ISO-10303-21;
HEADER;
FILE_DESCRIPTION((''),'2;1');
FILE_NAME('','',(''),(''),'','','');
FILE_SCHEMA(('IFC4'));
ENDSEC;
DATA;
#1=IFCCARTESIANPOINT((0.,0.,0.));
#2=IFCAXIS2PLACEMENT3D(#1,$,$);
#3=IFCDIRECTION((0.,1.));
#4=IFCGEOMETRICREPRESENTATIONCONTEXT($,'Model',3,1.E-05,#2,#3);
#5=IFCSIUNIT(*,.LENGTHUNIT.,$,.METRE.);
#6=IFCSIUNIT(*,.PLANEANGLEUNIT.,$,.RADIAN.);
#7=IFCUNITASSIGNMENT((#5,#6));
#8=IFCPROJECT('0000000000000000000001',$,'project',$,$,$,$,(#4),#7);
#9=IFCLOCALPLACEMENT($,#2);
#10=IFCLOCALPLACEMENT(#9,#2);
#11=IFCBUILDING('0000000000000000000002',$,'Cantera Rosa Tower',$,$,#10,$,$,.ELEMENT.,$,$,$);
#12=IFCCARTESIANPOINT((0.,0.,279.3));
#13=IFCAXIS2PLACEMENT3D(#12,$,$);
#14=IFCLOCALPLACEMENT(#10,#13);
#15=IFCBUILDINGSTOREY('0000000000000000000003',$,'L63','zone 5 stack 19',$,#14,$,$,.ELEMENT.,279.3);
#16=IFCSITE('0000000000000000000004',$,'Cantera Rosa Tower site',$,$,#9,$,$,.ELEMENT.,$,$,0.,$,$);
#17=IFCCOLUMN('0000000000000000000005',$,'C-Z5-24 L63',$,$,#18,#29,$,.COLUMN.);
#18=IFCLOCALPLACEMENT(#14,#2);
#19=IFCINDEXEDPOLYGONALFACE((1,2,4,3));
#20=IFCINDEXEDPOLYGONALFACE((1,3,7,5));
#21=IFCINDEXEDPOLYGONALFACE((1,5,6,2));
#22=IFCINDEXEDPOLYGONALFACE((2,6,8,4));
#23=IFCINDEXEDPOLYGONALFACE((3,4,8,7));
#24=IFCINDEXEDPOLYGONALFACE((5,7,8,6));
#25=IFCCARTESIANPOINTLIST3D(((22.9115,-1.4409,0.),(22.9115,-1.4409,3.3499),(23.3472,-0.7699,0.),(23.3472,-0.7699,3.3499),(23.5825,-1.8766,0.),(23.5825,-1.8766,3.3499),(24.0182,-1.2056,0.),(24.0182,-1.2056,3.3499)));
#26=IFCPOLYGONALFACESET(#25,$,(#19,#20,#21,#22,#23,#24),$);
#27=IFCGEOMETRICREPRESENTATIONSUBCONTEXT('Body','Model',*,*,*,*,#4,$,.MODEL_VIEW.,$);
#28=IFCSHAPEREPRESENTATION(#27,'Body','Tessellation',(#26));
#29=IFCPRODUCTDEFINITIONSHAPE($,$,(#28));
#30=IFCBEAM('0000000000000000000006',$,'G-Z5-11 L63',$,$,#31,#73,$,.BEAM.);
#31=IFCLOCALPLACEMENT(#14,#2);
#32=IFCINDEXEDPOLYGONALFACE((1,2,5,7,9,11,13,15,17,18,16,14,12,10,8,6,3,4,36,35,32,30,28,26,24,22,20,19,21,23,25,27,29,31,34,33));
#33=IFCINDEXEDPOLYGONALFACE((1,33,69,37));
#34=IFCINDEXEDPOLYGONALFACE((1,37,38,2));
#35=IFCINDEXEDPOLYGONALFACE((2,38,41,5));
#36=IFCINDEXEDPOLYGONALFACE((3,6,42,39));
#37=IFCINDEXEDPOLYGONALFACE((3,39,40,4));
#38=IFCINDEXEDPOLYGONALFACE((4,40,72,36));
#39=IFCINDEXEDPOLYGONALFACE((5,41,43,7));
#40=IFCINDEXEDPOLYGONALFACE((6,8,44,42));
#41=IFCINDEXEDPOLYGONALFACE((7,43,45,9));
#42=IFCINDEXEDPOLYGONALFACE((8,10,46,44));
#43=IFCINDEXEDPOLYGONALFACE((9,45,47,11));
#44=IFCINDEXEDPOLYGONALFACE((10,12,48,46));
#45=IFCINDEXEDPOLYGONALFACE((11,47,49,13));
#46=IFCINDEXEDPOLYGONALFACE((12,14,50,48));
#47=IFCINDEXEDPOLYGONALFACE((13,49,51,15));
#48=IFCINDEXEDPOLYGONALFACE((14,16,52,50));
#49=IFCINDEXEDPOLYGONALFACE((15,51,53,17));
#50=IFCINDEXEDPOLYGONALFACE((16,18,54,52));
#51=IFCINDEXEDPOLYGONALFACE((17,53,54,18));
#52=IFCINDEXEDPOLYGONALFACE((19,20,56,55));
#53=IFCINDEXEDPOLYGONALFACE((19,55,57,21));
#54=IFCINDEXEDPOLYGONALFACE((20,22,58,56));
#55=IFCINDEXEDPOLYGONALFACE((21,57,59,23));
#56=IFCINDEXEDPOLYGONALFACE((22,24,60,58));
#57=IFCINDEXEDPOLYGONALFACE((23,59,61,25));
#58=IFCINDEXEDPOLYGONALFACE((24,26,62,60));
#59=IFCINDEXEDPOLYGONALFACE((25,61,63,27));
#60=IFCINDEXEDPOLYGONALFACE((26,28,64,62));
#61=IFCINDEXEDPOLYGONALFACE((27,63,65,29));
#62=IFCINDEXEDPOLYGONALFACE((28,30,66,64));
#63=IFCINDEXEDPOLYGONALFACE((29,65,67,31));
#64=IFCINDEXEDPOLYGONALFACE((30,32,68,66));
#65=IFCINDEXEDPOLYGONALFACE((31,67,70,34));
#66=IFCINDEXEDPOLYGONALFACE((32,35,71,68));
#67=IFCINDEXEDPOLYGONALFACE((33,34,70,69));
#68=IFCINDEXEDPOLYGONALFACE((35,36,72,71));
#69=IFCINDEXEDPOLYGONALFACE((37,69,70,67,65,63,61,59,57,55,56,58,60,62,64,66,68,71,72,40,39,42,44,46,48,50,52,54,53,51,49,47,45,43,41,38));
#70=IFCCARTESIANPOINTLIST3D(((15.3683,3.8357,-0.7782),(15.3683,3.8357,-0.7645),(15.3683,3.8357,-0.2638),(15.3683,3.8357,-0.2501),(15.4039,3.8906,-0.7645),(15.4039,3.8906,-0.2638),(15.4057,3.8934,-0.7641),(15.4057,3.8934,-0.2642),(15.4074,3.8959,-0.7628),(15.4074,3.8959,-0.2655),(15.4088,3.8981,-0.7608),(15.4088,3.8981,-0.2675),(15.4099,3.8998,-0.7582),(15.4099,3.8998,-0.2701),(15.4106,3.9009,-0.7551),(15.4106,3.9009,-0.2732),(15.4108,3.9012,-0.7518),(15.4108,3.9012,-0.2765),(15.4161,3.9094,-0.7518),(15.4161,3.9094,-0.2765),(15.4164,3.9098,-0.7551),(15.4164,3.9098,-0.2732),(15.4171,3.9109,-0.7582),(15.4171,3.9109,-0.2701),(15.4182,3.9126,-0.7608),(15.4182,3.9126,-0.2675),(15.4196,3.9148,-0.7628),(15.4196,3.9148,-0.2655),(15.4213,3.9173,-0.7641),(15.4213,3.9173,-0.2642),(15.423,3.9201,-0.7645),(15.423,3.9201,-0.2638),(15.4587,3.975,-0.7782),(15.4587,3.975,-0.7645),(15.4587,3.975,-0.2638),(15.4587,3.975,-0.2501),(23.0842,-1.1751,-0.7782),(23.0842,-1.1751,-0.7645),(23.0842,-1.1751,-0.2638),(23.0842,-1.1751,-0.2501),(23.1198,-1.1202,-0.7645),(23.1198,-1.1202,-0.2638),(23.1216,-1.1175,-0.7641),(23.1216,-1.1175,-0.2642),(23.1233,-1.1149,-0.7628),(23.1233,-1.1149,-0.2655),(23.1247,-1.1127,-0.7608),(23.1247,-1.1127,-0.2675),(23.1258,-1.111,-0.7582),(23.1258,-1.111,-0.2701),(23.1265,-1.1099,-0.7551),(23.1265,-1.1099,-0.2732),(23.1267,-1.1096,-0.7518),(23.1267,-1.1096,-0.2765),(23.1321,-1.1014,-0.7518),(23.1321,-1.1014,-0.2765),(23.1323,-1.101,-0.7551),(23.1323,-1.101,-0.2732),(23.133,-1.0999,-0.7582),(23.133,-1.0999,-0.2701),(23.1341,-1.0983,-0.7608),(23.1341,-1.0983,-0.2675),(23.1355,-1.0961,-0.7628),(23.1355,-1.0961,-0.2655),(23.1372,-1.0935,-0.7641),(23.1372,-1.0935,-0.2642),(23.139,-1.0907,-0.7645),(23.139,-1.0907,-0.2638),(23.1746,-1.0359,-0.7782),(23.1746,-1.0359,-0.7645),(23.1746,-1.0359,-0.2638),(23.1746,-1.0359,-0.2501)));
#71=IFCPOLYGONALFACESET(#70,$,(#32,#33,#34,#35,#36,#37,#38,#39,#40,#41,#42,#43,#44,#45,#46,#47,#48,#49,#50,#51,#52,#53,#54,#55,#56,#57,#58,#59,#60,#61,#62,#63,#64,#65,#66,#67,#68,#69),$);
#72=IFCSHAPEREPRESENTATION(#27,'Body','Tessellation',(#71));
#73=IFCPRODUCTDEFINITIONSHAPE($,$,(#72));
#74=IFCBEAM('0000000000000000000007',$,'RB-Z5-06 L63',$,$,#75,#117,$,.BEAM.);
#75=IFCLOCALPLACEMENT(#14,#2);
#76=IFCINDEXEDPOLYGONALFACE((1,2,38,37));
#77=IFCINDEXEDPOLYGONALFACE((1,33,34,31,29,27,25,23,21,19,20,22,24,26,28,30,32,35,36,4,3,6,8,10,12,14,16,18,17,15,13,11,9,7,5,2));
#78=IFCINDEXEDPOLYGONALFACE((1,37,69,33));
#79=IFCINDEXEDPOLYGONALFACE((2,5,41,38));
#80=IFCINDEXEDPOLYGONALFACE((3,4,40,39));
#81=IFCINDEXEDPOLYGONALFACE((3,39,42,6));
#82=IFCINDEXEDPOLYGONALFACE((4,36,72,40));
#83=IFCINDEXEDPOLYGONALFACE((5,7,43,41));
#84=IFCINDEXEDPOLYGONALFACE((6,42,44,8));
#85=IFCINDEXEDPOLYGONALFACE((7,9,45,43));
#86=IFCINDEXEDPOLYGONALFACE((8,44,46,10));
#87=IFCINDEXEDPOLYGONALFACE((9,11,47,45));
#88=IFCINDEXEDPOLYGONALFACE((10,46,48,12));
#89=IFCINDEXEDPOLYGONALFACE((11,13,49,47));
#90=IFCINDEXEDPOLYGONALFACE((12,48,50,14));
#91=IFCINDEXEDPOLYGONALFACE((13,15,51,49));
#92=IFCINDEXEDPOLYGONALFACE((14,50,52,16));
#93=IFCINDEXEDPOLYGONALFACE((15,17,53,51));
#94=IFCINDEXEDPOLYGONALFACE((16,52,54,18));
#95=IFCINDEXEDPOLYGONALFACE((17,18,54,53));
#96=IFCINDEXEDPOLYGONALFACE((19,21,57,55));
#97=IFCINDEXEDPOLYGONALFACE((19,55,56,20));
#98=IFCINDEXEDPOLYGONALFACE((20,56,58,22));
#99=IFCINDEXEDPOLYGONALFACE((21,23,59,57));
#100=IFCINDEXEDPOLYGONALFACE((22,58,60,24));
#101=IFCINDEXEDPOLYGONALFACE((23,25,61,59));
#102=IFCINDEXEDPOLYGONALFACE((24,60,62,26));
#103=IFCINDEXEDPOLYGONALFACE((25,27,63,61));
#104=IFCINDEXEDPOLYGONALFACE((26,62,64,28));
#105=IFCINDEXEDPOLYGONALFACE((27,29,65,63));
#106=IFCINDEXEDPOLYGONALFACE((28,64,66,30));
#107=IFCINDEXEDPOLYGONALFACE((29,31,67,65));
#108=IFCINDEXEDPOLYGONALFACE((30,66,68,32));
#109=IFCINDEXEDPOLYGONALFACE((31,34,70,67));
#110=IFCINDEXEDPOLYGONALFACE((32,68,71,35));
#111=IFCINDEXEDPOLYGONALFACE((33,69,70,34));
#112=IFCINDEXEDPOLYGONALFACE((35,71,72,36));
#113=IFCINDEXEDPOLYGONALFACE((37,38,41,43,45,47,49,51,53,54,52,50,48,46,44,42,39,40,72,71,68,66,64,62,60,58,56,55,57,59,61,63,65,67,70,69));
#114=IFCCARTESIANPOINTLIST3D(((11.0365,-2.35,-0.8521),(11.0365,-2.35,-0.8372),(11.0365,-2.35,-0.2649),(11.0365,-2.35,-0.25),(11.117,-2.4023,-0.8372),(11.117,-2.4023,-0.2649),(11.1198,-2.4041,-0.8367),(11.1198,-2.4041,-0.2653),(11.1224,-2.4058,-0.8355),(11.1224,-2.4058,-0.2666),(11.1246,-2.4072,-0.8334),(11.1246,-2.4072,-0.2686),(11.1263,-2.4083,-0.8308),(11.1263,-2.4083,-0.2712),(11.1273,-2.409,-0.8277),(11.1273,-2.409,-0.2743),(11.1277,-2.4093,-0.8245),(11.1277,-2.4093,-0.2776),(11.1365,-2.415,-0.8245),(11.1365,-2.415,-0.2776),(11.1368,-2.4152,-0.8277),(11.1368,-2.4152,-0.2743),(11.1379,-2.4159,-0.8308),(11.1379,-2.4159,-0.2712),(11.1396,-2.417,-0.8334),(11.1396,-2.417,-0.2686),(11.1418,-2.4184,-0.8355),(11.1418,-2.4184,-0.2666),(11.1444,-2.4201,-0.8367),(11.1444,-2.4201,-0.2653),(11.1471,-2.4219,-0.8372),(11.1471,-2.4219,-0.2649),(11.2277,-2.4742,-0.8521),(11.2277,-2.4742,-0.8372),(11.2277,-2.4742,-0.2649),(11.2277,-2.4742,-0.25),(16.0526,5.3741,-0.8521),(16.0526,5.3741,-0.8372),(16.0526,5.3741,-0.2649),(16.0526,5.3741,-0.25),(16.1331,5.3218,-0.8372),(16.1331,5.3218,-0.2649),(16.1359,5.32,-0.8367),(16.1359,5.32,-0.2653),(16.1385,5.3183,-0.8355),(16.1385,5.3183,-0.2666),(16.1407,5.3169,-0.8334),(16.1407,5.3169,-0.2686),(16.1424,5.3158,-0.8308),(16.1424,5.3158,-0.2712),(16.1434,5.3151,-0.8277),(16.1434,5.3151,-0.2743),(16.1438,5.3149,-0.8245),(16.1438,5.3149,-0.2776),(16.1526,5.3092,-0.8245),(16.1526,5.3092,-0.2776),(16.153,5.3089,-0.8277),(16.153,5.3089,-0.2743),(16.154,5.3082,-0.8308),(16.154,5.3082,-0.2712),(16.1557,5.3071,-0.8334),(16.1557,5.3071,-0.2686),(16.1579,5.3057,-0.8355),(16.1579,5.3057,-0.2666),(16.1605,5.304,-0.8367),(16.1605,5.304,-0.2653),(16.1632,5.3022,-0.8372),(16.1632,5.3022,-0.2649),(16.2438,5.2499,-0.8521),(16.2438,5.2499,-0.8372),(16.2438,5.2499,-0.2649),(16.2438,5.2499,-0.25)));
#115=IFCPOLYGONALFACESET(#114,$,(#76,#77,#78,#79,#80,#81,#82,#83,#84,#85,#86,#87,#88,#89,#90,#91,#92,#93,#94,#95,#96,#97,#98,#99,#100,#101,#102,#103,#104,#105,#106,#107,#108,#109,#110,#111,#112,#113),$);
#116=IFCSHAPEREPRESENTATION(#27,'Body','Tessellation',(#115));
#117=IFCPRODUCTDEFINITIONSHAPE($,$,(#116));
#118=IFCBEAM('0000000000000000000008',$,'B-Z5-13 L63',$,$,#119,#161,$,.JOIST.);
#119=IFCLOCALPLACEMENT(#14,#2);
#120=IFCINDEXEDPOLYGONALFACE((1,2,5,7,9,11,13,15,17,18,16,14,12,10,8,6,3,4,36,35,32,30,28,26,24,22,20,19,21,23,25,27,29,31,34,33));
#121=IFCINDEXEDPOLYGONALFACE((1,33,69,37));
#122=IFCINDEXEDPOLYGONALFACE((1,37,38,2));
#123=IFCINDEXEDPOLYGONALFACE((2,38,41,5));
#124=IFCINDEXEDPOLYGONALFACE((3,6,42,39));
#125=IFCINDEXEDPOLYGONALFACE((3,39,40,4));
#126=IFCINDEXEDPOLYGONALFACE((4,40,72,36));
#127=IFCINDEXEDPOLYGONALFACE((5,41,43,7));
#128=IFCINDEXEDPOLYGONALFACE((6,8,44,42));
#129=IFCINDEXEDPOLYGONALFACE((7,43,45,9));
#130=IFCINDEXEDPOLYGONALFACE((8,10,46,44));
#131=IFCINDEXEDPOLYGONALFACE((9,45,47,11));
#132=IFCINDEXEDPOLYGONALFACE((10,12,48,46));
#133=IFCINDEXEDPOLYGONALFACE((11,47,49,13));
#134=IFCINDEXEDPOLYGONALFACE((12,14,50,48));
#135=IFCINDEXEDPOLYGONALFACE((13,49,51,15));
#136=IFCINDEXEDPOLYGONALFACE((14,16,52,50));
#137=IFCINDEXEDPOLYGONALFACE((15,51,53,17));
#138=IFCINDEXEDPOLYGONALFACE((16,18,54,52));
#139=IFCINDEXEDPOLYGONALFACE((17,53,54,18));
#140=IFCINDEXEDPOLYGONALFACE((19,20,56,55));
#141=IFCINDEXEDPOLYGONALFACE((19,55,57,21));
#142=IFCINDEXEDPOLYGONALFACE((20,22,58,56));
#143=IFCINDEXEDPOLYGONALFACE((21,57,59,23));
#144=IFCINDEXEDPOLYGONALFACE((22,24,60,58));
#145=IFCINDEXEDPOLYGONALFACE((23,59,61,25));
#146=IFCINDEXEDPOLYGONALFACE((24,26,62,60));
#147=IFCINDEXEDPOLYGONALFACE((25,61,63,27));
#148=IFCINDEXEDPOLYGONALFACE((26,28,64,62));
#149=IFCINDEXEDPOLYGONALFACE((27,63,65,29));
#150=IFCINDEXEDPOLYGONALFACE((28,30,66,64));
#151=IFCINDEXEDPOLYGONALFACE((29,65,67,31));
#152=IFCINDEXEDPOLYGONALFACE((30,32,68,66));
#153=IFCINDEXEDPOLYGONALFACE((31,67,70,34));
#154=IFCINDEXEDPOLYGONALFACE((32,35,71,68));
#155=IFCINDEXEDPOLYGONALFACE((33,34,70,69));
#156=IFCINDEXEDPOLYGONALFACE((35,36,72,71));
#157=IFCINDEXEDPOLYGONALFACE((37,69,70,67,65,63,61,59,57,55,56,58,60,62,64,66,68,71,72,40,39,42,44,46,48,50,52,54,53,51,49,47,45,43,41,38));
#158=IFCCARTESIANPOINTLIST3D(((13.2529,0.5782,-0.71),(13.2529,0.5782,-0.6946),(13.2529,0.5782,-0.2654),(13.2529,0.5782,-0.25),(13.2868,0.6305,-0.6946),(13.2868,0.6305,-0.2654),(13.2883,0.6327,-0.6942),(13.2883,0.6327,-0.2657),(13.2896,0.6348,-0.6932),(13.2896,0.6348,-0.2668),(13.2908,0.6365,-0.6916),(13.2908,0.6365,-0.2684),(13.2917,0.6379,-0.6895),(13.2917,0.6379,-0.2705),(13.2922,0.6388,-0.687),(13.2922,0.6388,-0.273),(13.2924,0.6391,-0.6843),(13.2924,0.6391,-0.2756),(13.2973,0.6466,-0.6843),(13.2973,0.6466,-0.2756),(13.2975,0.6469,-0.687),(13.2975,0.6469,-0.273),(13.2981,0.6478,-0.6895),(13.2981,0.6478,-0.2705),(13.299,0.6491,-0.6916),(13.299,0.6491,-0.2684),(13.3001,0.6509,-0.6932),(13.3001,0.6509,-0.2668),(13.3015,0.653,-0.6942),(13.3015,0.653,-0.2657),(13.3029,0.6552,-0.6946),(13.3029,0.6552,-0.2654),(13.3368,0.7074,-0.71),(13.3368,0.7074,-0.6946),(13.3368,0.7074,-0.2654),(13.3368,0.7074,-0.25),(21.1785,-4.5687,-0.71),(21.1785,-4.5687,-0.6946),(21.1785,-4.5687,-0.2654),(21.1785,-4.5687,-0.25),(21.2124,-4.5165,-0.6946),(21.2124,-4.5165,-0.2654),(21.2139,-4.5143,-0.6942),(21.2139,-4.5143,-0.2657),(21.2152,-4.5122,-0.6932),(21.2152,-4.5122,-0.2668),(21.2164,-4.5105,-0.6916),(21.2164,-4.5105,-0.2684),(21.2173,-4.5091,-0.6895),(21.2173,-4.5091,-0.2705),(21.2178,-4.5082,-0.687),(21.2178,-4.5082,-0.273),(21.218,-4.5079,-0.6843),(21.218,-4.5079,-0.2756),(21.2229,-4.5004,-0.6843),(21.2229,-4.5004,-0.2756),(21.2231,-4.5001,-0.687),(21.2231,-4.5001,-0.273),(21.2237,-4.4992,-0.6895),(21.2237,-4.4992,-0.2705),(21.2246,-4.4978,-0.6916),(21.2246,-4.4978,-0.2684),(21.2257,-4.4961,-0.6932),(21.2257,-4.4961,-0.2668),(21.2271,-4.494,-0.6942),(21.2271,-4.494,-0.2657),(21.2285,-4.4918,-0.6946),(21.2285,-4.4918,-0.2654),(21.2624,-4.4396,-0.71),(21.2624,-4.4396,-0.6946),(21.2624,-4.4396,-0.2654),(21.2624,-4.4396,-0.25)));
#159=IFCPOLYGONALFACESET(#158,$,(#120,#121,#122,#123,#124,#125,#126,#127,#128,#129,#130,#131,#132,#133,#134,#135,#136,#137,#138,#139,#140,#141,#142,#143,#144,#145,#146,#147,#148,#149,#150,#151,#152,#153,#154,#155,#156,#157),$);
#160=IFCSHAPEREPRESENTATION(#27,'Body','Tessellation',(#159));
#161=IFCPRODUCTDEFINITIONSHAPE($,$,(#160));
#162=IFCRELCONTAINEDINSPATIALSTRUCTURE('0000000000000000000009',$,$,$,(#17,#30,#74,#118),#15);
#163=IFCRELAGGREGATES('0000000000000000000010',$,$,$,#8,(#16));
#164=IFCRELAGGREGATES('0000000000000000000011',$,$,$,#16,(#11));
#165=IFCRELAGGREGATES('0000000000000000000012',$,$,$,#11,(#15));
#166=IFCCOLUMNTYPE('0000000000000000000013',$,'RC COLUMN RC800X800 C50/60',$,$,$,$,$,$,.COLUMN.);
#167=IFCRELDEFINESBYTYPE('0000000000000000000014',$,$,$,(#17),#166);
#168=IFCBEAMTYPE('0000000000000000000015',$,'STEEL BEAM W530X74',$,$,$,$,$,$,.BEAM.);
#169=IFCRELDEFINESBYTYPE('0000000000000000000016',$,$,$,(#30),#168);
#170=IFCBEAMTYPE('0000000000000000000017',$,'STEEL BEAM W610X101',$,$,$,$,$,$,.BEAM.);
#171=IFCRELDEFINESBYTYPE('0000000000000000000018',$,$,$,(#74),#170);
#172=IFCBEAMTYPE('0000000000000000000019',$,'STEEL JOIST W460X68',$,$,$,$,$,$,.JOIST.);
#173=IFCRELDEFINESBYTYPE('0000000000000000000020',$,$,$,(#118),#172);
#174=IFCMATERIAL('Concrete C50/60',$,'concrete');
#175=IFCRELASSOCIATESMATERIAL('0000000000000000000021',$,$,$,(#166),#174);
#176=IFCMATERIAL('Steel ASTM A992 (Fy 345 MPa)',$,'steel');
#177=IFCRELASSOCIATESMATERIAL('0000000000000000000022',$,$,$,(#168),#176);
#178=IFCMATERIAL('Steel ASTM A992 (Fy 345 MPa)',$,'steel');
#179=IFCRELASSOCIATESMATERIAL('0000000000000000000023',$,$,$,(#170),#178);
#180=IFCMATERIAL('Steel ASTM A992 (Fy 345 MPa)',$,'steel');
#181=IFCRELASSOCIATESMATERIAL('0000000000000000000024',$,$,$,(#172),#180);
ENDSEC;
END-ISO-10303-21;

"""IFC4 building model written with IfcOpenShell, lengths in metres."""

from ifc_helpers import new_model, si_unit, direction, frame, origin, origin_2d, place, context, subcontext, project, spatial, rectangle, i_section, extrude, material, material_profile, profile_set, type_object, element, save


model = new_model("IFC4")

# Units and contexts
model_context = context("Model", 3, precision=1e-05, world=origin(), true_north=direction((0.0, 1.0)))
body_context = subcontext(model_context, "Body", "Model", "MODEL_VIEW")
ifc_project = project(units=[si_unit("LENGTHUNIT", "METRE"), si_unit("PLANEANGLEUNIT", "RADIAN")], contexts=[model_context])

# Site, building, storey
site_placement = place(None, origin())
site = spatial("IfcSite", under=ifc_project, at=site_placement, Name="Cantera Rosa Tower site", CompositionType="ELEMENT", RefElevation=0.0)
building_placement = place(site_placement, origin())
building = spatial("IfcBuilding", under=site, at=building_placement, Name="Cantera Rosa Tower", CompositionType="ELEMENT")
storey_placement = place(building_placement, frame((0.0, 0.0, 279.3)))
storey = spatial("IfcBuildingStorey", under=building, at=storey_placement, Name="L63", Description="zone 5 stack 19", CompositionType="ELEMENT", Elevation=279.3)

# Column
ifc_material_1 = material(Name="Concrete C50/60", Category="concrete")
ifc_material_profile_1 = material_profile(ifc_material_1, rectangle(XDim=0.8, YDim=0.8, at=origin_2d()), Name="RC COLUMN RC800X800 C50/60")
ifc_profile_set_1 = profile_set([ifc_material_profile_1], Name="Concrete C50/60")
column_type = type_object("IfcColumnType", Name="RC COLUMN RC800X800 C50/60", PredefinedType="COLUMN", material=ifc_profile_set_1)
column_placement = place(storey_placement, frame((23.4648, -1.3232, 0.0), z_axis=(0.0, 0.0, 1.0), x_axis=(0.544639, 0.838671, 0.0)))
element("IfcColumn", 1, at=column_placement, inside=storey, type_object=column_type, Name="C-Z5-24 L63", PredefinedType="COLUMN", context=body_context, shape_type="SweptSolid", body=[
    extrude(rectangle(XDim=0.8, YDim=0.8, at=origin_2d()), origin(), (0.0, 0.0, 1.0), 3.3499),
])

# Beams
ifc_material_2 = material(Name="Steel ASTM A992 (Fy 345 MPa)", Category="steel")
ifc_material_profile_2 = material_profile(ifc_material_2, i_section(OverallWidth=0.166, OverallDepth=0.5281, WebThickness=0.0098, FlangeThickness=0.0137, FilletRadius=0.0127, at=origin_2d()), Name="W530X74")
ifc_profile_set_2 = profile_set([ifc_material_profile_2], Name="Steel ASTM A992 (Fy 345 MPa)")
beam_type_1 = type_object("IfcBeamType", Name="STEEL BEAM W530X74", PredefinedType="BEAM", material=ifc_profile_set_2)
beam_1_placement = place(storey_placement, frame((23.1294, -1.1055, -0.5142), z_axis=(-0.838669, 0.544641, 0.0), x_axis=(-0.544641, -0.838669, 0.0)))
element("IfcBeam", 2, at=beam_1_placement, inside=storey, type_object=beam_type_1, Name="G-Z5-11 L63", PredefinedType="BEAM", context=body_context, shape_type="SweptSolid", body=[
    extrude(i_section(OverallWidth=0.166, OverallDepth=0.5281, WebThickness=0.0098, FlangeThickness=0.0137, FilletRadius=0.0127, at=origin_2d()), origin(), (0.0, 0.0, 1.0), 9.2002),
])
ifc_material_3 = material(Name="Steel ASTM A992 (Fy 345 MPa)", Category="steel")
ifc_material_profile_3 = material_profile(ifc_material_3, i_section(OverallWidth=0.228, OverallDepth=0.6021, WebThickness=0.0105, FlangeThickness=0.0149, FilletRadius=0.0127, at=origin_2d()), Name="W610X101")
ifc_profile_set_3 = profile_set([ifc_material_profile_3], Name="Steel ASTM A992 (Fy 345 MPa)")
beam_type_2 = type_object("IfcBeamType", Name="STEEL BEAM W610X101", PredefinedType="BEAM", material=ifc_profile_set_3)
beam_2_placement = place(storey_placement, frame((11.1321, -2.4121, -0.551), z_axis=(0.54464, 0.83867, 0.0), x_axis=(-0.83867, 0.54464, 0.0)))
element("IfcBeam", 3, at=beam_2_placement, inside=storey, type_object=beam_type_2, Name="RB-Z5-06 L63", PredefinedType="BEAM", context=body_context, shape_type="SweptSolid", body=[
    extrude(i_section(OverallWidth=0.228, OverallDepth=0.6021, WebThickness=0.0105, FlangeThickness=0.0149, FilletRadius=0.0127, at=origin_2d()), origin(), (0.0, 0.0, 1.0), 9.21),
])
ifc_material_4 = material(Name="Steel ASTM A992 (Fy 345 MPa)", Category="steel")
ifc_material_profile_4 = material_profile(ifc_material_4, i_section(OverallWidth=0.1541, OverallDepth=0.46, WebThickness=0.009, FlangeThickness=0.0154, FilletRadius=0.0103, at=origin_2d()), Name="W460X68")
ifc_profile_set_4 = profile_set([ifc_material_profile_4], Name="Steel ASTM A992 (Fy 345 MPa)")
beam_type_3 = type_object("IfcBeamType", Name="STEEL JOIST W460X68", PredefinedType="JOIST", material=ifc_profile_set_4)
beam_3_placement = place(storey_placement, frame((21.2205, -4.5042, -0.48), z_axis=(-0.838667, 0.544644, 0.0), x_axis=(-0.544644, -0.838667, 0.0)))
element("IfcBeam", 4, at=beam_3_placement, inside=storey, type_object=beam_type_3, Name="B-Z5-13 L63", PredefinedType="JOIST", context=body_context, shape_type="SweptSolid", body=[
    extrude(i_section(OverallWidth=0.1541, OverallDepth=0.46, WebThickness=0.009, FlangeThickness=0.0154, FilletRadius=0.0103, at=origin_2d()), origin(), (0.0, 0.0, 1.0), 9.4502),
])

save(model, "model.ifc")
